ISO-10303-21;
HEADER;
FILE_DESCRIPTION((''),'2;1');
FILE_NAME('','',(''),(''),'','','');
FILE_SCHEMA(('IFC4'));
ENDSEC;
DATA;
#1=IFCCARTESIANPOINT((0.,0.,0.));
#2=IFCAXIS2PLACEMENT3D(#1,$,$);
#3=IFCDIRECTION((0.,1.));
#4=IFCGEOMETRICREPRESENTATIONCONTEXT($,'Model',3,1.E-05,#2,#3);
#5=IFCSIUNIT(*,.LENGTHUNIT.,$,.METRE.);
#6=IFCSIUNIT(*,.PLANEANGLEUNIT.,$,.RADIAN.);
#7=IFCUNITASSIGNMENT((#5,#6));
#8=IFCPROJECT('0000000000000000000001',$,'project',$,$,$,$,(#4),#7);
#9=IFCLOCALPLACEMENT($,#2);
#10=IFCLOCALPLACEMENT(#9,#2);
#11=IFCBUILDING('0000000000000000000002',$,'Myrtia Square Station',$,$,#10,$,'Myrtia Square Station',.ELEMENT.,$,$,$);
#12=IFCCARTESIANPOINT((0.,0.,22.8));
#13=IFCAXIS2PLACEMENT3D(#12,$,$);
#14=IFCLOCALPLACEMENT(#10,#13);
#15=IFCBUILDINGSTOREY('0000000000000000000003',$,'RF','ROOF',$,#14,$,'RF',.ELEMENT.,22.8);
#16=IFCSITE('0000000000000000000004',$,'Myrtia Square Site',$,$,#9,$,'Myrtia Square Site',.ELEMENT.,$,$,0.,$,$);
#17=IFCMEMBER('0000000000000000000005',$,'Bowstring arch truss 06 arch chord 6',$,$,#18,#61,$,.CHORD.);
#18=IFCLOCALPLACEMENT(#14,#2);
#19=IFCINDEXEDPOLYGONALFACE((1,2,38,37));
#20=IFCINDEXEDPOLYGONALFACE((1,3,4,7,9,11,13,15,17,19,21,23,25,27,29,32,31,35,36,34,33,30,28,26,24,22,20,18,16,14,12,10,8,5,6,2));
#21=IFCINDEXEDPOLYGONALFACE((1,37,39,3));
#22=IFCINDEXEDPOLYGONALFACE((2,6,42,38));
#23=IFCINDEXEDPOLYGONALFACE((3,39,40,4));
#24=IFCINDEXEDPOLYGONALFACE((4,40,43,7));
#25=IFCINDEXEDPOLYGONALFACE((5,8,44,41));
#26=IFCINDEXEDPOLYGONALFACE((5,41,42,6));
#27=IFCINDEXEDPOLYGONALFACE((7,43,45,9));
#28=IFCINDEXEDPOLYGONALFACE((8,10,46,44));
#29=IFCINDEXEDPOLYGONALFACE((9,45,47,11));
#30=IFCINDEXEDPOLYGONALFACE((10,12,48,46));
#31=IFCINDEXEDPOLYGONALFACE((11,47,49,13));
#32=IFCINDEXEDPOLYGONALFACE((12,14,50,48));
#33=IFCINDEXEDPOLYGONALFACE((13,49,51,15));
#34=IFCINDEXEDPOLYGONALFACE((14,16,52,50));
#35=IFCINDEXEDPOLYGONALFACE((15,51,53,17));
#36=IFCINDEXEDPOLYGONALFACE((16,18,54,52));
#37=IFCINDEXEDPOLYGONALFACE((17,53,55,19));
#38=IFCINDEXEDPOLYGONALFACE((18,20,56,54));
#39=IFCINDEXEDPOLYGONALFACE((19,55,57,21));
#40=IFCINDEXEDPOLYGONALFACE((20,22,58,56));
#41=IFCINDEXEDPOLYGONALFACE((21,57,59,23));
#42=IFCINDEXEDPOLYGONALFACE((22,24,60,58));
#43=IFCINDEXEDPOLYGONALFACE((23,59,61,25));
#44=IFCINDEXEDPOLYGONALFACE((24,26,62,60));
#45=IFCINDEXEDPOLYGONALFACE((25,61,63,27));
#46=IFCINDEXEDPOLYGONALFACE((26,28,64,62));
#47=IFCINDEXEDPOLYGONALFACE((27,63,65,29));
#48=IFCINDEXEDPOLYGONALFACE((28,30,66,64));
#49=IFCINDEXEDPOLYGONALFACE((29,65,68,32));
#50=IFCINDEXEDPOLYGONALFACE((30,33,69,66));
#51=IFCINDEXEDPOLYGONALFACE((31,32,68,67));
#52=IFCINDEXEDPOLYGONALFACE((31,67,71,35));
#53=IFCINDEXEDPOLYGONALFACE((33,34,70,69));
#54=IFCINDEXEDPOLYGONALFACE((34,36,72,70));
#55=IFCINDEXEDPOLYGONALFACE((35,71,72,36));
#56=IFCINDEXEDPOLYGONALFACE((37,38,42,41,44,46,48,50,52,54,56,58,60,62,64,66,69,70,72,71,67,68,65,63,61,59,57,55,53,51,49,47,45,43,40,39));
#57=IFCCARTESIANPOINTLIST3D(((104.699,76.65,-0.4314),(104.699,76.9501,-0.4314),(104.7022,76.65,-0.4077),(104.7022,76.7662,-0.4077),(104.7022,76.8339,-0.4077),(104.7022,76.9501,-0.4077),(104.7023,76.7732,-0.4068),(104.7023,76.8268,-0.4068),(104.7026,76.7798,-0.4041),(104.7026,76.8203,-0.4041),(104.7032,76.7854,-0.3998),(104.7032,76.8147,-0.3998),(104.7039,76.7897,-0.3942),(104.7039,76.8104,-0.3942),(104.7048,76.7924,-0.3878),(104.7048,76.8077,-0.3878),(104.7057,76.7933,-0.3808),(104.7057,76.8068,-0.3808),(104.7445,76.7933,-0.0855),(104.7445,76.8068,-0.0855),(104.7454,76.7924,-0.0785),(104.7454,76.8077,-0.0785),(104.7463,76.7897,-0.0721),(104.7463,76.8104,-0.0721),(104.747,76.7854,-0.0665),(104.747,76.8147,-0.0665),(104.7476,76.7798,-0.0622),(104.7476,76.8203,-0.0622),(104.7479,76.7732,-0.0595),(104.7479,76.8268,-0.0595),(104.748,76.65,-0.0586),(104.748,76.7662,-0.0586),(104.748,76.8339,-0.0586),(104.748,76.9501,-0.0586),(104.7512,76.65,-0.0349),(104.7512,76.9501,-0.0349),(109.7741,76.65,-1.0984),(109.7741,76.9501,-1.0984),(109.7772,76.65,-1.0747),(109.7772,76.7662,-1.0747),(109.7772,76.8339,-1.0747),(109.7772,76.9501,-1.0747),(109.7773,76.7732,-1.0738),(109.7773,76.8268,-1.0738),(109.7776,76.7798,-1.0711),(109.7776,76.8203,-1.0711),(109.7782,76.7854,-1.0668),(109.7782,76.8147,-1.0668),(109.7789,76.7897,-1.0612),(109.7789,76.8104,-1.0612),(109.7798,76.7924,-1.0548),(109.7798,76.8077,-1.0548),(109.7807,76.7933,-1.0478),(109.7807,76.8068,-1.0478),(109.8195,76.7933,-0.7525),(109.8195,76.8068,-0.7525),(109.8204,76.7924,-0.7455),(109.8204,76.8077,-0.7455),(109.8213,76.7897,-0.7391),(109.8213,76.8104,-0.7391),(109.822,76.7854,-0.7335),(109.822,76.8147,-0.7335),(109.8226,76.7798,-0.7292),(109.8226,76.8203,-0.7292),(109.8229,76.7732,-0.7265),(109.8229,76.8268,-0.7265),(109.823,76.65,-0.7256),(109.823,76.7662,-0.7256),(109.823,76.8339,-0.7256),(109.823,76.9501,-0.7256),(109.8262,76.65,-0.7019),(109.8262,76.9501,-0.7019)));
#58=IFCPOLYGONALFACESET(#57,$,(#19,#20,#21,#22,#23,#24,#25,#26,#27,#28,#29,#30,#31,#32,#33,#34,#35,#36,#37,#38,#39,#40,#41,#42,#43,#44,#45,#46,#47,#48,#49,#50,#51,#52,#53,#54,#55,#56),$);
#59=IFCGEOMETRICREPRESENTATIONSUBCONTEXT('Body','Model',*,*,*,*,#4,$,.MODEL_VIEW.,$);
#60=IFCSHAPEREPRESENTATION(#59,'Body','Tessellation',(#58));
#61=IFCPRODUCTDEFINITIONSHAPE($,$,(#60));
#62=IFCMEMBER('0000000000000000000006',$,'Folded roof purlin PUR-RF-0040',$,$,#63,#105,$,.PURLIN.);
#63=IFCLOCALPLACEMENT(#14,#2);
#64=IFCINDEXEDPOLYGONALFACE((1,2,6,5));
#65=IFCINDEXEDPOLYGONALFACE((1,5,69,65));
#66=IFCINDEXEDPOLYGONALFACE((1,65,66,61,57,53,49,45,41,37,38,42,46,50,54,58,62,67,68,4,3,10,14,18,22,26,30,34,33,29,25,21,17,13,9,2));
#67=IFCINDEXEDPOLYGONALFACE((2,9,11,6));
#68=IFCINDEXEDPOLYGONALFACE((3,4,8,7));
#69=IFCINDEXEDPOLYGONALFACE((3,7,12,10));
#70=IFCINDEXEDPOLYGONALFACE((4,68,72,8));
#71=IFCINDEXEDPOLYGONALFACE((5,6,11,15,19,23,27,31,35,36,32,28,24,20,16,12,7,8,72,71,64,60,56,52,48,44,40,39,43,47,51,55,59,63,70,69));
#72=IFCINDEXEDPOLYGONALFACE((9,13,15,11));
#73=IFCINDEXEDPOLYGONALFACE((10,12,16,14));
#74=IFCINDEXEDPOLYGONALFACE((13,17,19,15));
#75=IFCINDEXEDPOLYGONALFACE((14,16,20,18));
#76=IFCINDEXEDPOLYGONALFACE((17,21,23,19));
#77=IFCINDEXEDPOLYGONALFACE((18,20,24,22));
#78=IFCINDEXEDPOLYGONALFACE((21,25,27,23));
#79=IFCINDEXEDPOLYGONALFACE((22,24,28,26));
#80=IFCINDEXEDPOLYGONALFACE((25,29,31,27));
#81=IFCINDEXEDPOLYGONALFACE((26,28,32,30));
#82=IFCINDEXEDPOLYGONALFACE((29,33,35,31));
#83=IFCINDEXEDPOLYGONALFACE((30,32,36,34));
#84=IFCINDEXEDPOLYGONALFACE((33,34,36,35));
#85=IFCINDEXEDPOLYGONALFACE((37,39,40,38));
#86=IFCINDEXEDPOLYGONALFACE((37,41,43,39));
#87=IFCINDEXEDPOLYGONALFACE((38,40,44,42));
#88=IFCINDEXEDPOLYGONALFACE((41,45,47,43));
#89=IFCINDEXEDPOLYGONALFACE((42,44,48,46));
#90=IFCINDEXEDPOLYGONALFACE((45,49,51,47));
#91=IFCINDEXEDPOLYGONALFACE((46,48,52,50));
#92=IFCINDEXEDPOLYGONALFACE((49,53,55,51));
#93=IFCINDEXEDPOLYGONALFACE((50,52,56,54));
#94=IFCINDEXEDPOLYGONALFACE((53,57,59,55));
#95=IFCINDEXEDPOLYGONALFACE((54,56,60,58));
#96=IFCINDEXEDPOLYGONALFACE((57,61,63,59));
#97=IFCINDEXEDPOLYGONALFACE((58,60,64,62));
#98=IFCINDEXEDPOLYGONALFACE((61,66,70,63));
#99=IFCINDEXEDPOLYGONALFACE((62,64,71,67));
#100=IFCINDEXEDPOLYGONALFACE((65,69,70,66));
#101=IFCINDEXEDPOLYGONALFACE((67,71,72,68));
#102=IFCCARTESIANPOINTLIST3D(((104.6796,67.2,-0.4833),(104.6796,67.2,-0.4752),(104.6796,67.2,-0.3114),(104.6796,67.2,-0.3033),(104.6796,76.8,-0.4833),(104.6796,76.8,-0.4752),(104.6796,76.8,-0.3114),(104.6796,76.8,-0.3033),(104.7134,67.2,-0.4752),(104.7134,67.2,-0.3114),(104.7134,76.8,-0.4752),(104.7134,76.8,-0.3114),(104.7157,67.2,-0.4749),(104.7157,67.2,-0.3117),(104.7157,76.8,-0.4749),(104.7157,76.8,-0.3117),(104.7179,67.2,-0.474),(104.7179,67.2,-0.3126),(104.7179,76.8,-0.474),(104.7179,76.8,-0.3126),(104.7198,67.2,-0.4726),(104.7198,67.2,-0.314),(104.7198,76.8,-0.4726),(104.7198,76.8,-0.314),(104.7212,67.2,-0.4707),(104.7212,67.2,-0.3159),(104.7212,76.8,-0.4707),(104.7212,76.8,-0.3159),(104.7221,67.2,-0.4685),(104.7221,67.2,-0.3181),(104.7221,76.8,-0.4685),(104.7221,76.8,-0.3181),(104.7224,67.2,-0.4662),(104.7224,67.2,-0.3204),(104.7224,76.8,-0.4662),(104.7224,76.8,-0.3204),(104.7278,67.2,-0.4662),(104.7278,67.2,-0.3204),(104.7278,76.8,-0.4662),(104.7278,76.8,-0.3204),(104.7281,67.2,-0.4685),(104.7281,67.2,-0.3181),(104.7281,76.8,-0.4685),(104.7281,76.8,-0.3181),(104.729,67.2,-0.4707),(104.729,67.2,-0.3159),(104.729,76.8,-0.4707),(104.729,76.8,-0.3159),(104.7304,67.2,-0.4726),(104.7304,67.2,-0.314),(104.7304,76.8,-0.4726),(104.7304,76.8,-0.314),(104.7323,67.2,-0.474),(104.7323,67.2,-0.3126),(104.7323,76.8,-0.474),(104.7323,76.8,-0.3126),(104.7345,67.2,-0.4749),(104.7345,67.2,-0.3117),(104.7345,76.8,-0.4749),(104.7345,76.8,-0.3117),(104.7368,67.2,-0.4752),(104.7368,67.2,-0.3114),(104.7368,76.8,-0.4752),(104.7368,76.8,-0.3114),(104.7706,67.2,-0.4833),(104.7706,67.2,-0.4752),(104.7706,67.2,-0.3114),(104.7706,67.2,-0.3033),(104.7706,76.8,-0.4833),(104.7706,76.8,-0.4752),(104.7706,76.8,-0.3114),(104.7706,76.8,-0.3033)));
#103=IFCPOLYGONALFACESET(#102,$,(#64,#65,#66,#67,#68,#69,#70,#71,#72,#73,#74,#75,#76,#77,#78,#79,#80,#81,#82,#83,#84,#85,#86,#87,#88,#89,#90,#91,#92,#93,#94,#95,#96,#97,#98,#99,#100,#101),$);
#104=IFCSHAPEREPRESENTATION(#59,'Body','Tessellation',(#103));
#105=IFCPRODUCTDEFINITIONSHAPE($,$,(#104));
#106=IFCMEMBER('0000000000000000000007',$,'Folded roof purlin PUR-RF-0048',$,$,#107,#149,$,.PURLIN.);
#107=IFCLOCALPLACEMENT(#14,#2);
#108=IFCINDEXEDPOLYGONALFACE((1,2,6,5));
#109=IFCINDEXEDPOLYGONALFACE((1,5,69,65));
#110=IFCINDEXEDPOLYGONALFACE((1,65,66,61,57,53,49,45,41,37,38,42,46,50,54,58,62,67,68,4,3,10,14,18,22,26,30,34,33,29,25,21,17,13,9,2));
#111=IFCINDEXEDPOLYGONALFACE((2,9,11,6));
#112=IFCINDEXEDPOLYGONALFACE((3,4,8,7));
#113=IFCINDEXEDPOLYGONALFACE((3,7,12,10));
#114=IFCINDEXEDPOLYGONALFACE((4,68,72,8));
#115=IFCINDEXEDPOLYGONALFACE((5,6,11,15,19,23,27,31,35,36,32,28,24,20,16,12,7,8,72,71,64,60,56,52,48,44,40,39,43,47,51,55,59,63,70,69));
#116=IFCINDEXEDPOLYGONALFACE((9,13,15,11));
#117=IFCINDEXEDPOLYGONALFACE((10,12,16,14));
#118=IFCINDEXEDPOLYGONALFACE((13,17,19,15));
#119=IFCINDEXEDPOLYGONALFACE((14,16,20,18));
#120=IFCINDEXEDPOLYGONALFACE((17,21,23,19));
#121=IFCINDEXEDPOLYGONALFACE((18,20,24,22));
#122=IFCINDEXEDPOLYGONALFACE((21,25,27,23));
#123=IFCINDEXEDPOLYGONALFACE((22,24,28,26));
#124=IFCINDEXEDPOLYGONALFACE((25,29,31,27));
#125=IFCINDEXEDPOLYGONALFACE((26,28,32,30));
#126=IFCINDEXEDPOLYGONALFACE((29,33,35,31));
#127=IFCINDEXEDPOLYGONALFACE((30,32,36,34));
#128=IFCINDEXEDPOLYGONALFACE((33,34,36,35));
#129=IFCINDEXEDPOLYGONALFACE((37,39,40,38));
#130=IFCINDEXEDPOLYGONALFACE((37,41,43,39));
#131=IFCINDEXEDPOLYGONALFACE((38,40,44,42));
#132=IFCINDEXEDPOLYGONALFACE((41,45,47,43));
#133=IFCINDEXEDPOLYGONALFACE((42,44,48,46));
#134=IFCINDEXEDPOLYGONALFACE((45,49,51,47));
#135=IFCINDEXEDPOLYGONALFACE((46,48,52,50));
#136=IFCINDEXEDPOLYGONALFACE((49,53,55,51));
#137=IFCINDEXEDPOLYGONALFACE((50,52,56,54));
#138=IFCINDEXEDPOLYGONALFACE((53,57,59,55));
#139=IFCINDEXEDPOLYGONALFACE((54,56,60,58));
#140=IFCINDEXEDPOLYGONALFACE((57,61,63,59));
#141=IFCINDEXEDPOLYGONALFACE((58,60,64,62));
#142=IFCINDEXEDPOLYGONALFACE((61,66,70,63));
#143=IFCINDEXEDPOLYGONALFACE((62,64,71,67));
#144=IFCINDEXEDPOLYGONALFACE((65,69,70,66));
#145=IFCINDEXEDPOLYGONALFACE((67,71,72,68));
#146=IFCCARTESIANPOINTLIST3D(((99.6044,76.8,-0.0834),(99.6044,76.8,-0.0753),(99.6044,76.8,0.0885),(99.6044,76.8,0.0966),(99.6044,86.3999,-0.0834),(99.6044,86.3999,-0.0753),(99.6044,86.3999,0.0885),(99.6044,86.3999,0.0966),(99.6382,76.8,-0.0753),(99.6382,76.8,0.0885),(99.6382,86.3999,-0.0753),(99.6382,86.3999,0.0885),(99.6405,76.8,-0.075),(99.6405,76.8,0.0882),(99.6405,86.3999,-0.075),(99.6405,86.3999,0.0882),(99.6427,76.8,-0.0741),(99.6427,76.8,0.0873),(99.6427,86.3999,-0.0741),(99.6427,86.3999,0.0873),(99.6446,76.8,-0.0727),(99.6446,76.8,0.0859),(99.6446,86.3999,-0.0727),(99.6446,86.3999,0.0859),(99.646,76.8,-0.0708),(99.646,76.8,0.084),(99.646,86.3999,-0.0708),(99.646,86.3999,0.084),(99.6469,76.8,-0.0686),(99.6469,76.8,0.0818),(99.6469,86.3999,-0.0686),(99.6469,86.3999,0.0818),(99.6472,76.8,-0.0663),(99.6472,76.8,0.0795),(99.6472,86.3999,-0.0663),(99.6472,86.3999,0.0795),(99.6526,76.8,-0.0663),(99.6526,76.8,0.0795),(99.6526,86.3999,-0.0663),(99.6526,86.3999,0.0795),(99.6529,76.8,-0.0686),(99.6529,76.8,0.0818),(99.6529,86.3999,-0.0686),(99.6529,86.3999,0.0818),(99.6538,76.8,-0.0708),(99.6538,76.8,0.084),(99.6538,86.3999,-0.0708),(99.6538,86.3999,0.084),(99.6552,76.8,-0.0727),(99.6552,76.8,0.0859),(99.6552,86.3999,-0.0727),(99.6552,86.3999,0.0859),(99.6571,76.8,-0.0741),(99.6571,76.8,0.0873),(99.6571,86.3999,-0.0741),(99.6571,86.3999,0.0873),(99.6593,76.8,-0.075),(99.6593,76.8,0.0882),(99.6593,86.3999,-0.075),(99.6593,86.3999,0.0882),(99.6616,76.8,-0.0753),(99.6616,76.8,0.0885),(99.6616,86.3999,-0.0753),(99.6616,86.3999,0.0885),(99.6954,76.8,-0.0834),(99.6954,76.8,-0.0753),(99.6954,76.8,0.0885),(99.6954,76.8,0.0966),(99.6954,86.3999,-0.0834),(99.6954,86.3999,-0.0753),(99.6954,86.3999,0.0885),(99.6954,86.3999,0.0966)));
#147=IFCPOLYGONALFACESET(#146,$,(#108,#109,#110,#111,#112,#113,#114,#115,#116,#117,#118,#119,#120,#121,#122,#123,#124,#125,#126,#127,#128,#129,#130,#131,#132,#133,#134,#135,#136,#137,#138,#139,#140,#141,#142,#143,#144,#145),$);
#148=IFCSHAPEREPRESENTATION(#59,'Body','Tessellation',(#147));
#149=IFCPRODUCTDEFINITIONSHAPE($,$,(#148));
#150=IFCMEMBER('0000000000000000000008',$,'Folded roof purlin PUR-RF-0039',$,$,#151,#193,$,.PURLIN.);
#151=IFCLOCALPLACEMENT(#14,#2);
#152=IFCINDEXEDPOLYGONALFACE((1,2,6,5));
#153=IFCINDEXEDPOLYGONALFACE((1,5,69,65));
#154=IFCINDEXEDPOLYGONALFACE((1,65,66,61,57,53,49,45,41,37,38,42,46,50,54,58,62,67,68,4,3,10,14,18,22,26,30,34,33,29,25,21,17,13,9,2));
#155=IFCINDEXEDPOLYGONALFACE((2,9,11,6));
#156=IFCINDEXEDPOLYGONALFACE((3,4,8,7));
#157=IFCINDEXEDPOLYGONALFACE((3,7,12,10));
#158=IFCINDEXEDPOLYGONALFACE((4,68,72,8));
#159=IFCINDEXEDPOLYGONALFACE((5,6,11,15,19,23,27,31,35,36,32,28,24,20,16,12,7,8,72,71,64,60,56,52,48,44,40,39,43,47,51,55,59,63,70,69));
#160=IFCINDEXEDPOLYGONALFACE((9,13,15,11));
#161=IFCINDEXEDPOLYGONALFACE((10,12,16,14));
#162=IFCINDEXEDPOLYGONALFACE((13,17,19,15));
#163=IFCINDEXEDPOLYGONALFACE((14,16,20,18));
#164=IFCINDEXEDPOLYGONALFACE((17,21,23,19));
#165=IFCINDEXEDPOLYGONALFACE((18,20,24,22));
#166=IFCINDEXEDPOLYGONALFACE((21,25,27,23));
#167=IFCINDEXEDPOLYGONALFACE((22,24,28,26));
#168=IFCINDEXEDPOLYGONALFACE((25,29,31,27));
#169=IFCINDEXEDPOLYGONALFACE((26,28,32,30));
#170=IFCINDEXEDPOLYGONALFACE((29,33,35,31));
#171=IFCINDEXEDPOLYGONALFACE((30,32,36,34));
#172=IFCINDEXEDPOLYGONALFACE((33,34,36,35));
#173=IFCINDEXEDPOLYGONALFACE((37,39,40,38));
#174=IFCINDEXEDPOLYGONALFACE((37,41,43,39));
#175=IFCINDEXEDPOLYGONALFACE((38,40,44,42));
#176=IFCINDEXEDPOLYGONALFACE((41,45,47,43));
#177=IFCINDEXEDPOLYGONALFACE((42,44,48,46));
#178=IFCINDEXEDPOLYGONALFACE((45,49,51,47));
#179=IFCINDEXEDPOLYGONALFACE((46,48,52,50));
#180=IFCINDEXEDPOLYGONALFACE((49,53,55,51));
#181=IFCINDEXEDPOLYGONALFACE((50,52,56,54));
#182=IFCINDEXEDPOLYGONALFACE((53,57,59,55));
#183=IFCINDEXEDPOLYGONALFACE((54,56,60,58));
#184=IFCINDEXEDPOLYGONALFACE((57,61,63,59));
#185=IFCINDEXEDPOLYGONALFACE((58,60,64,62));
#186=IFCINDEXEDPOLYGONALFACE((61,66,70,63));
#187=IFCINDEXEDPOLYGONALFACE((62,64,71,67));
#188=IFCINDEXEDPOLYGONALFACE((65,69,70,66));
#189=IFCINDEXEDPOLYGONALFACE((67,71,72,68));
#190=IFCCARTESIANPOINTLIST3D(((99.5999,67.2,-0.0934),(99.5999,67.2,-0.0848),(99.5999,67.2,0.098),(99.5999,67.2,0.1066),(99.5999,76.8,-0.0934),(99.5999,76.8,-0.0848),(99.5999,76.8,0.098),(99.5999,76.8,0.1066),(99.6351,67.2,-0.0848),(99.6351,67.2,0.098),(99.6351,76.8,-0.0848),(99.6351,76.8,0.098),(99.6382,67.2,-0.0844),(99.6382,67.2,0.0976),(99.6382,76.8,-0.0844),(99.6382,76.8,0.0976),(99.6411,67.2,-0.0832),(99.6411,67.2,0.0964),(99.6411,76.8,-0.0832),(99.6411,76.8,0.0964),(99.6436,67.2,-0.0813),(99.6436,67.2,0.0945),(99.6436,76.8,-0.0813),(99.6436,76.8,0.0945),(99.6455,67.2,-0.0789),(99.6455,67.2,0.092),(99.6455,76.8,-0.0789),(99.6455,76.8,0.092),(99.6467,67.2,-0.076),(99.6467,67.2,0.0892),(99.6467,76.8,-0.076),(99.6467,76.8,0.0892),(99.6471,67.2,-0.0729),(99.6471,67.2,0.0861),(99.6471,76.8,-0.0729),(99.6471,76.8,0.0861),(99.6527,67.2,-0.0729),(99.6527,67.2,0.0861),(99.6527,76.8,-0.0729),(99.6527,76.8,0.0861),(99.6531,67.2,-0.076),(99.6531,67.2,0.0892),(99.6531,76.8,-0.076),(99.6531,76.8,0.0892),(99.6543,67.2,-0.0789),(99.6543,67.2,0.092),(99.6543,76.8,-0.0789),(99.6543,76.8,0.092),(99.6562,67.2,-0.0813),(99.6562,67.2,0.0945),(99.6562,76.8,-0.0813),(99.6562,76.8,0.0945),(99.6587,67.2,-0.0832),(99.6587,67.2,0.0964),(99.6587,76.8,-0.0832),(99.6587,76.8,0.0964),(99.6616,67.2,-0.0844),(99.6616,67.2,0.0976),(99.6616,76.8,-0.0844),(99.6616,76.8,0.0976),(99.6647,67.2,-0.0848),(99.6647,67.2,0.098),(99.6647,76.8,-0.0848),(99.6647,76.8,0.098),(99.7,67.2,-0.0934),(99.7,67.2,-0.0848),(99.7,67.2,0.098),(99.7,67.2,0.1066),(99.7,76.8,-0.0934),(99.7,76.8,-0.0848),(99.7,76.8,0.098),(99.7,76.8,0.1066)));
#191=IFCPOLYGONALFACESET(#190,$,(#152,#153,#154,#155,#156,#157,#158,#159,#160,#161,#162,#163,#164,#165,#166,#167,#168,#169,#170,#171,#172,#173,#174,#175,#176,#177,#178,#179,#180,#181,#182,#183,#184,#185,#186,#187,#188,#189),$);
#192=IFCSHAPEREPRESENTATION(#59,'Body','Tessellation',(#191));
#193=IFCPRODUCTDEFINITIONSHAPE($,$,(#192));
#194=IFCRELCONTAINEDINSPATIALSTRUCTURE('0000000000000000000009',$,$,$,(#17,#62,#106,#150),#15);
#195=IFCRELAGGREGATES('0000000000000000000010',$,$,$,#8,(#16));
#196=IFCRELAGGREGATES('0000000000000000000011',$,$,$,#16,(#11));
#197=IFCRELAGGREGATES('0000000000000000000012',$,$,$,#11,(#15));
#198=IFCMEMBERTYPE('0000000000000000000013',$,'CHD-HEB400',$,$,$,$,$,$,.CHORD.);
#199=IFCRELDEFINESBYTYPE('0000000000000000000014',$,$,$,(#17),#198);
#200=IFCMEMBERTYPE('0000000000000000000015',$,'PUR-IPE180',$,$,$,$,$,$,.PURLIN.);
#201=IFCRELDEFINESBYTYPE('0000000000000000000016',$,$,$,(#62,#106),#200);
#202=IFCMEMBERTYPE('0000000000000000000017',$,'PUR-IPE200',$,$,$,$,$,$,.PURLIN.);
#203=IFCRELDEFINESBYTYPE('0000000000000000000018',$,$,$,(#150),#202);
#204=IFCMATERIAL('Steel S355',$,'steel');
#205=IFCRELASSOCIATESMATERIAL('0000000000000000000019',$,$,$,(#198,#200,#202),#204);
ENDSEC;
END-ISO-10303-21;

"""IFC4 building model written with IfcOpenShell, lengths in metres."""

from ifc_helpers import new_model, si_unit, direction, frame, origin, origin_2d, place, context, subcontext, project, spatial, i_section, extrude, material, material_profile, profile_set, type_object, element, save


model = new_model("IFC4")

# Units and contexts
model_context = context("Model", 3, precision=1e-05, world=origin(), true_north=direction((0.0, 1.0)))
body_context = subcontext(model_context, "Body", "Model", "MODEL_VIEW")
ifc_project = project(units=[si_unit("LENGTHUNIT", "METRE"), si_unit("PLANEANGLEUNIT", "RADIAN")], contexts=[model_context])

# Site, building, storey
site_placement = place(None, origin())
site = spatial("IfcSite", under=ifc_project, at=site_placement, Name="Myrtia Square Site", LongName="Myrtia Square Site", CompositionType="ELEMENT", RefElevation=0.0)
building_placement = place(site_placement, origin())
building = spatial("IfcBuilding", under=site, at=building_placement, Name="Myrtia Square Station", LongName="Myrtia Square Station", CompositionType="ELEMENT")
storey_placement = place(building_placement, frame((0.0, 0.0, 22.8)))
storey = spatial("IfcBuildingStorey", under=building, at=storey_placement, Name="RF", Description="ROOF", LongName="RF", CompositionType="ELEMENT", Elevation=22.8)

# Members
ifc_material_1 = material(Name="Steel S355", Category="steel")
ifc_material_profile_1 = material_profile(ifc_material_1, i_section(OverallWidth=0.3, OverallDepth=0.3999, WebThickness=0.0134, FlangeThickness=0.0239, FilletRadius=0.0271, at=origin_2d()), Name="HEB 400")
ifc_profile_set_1 = profile_set([ifc_material_profile_1], Name="Steel S355")
member_type_1 = type_object("IfcMemberType", Name="CHD-HEB400", PredefinedType="CHORD", material=ifc_profile_set_1)
member_1_placement = place(storey_placement, frame((104.7251, 76.8, -0.2332), z_axis=(0.991474, 0.0, -0.130308), x_axis=(0.0, 1.0, 0.0)))
element("IfcMember", 1, at=member_1_placement, inside=storey, type_object=member_type_1, Name="Bowstring arch truss 06 arch chord 6", PredefinedType="CHORD", context=body_context, shape_type="SweptSolid", body=[
    extrude(i_section(OverallWidth=0.3, OverallDepth=0.3999, WebThickness=0.0134, FlangeThickness=0.0239, FilletRadius=0.0271, at=origin_2d()), origin(), (0.0, 0.0, 1.0), 5.1187),
])
ifc_material_profile_2 = material_profile(ifc_material_1, i_section(OverallWidth=0.0911, OverallDepth=0.1799, WebThickness=0.0054, FlangeThickness=0.0081, FilletRadius=0.009, at=origin_2d()), Name="IPE 180")
ifc_profile_set_2 = profile_set([ifc_material_profile_2], Name="Steel S355")
member_type_2 = type_object("IfcMemberType", Name="PUR-IPE180", PredefinedType="PURLIN", material=ifc_profile_set_2)
member_2_placement = place(storey_placement, frame((104.7251, 67.2, -0.3933), z_axis=(0.0, 1.0, 0.0), x_axis=(-1.0, 0.0, 0.0)))
element("IfcMember", 2, at=member_2_placement, inside=storey, type_object=member_type_2, Name="Folded roof purlin PUR-RF-0040", PredefinedType="PURLIN", context=body_context, shape_type="SweptSolid", body=[
    extrude(i_section(OverallWidth=0.0911, OverallDepth=0.1799, WebThickness=0.0054, FlangeThickness=0.0081, FilletRadius=0.009, at=origin_2d()), origin(), (0.0, 0.0, 1.0), 9.6001),
])
member_3_placement = place(storey_placement, frame((99.6499, 76.8, 0.0066), z_axis=(0.0, 1.0, 0.0), x_axis=(-1.0, 0.0, 0.0)))
element("IfcMember", 3, at=member_3_placement, inside=storey, type_object=member_type_2, Name="Folded roof purlin PUR-RF-0048", PredefinedType="PURLIN", context=body_context, shape_type="SweptSolid", body=[
    extrude(i_section(OverallWidth=0.0911, OverallDepth=0.1799, WebThickness=0.0054, FlangeThickness=0.0081, FilletRadius=0.009, at=origin_2d()), origin(), (0.0, 0.0, 1.0), 9.5999),
])
ifc_material_profile_3 = material_profile(ifc_material_1, i_section(OverallWidth=0.1001, OverallDepth=0.2, WebThickness=0.0056, FlangeThickness=0.0085, FilletRadius=0.012, at=origin_2d()), Name="IPE 200")
ifc_profile_set_3 = profile_set([ifc_material_profile_3], Name="Steel S355")
member_type_3 = type_object("IfcMemberType", Name="PUR-IPE200", PredefinedType="PURLIN", material=ifc_profile_set_3)
for number, where, z_axis, x_axis, name in (
    (4, (99.6499, 67.2, 0.0066), (0.0, 1.0, 0.0), (-1.0, 0.0, 0.0), "Folded roof purlin PUR-RF-0039"),
):
    element("IfcMember", number, at=place(storey_placement, frame(where, z_axis=z_axis, x_axis=x_axis)), inside=storey, type_object=member_type_3, Name=name, PredefinedType="PURLIN", context=body_context, shape_type="SweptSolid", body=[
        extrude(i_section(OverallWidth=0.1001, OverallDepth=0.2, WebThickness=0.0056, FlangeThickness=0.0085, FilletRadius=0.012, at=origin_2d()), origin(), (0.0, 0.0, 1.0), 9.6001),
    ])

save(model, "model.ifc")
